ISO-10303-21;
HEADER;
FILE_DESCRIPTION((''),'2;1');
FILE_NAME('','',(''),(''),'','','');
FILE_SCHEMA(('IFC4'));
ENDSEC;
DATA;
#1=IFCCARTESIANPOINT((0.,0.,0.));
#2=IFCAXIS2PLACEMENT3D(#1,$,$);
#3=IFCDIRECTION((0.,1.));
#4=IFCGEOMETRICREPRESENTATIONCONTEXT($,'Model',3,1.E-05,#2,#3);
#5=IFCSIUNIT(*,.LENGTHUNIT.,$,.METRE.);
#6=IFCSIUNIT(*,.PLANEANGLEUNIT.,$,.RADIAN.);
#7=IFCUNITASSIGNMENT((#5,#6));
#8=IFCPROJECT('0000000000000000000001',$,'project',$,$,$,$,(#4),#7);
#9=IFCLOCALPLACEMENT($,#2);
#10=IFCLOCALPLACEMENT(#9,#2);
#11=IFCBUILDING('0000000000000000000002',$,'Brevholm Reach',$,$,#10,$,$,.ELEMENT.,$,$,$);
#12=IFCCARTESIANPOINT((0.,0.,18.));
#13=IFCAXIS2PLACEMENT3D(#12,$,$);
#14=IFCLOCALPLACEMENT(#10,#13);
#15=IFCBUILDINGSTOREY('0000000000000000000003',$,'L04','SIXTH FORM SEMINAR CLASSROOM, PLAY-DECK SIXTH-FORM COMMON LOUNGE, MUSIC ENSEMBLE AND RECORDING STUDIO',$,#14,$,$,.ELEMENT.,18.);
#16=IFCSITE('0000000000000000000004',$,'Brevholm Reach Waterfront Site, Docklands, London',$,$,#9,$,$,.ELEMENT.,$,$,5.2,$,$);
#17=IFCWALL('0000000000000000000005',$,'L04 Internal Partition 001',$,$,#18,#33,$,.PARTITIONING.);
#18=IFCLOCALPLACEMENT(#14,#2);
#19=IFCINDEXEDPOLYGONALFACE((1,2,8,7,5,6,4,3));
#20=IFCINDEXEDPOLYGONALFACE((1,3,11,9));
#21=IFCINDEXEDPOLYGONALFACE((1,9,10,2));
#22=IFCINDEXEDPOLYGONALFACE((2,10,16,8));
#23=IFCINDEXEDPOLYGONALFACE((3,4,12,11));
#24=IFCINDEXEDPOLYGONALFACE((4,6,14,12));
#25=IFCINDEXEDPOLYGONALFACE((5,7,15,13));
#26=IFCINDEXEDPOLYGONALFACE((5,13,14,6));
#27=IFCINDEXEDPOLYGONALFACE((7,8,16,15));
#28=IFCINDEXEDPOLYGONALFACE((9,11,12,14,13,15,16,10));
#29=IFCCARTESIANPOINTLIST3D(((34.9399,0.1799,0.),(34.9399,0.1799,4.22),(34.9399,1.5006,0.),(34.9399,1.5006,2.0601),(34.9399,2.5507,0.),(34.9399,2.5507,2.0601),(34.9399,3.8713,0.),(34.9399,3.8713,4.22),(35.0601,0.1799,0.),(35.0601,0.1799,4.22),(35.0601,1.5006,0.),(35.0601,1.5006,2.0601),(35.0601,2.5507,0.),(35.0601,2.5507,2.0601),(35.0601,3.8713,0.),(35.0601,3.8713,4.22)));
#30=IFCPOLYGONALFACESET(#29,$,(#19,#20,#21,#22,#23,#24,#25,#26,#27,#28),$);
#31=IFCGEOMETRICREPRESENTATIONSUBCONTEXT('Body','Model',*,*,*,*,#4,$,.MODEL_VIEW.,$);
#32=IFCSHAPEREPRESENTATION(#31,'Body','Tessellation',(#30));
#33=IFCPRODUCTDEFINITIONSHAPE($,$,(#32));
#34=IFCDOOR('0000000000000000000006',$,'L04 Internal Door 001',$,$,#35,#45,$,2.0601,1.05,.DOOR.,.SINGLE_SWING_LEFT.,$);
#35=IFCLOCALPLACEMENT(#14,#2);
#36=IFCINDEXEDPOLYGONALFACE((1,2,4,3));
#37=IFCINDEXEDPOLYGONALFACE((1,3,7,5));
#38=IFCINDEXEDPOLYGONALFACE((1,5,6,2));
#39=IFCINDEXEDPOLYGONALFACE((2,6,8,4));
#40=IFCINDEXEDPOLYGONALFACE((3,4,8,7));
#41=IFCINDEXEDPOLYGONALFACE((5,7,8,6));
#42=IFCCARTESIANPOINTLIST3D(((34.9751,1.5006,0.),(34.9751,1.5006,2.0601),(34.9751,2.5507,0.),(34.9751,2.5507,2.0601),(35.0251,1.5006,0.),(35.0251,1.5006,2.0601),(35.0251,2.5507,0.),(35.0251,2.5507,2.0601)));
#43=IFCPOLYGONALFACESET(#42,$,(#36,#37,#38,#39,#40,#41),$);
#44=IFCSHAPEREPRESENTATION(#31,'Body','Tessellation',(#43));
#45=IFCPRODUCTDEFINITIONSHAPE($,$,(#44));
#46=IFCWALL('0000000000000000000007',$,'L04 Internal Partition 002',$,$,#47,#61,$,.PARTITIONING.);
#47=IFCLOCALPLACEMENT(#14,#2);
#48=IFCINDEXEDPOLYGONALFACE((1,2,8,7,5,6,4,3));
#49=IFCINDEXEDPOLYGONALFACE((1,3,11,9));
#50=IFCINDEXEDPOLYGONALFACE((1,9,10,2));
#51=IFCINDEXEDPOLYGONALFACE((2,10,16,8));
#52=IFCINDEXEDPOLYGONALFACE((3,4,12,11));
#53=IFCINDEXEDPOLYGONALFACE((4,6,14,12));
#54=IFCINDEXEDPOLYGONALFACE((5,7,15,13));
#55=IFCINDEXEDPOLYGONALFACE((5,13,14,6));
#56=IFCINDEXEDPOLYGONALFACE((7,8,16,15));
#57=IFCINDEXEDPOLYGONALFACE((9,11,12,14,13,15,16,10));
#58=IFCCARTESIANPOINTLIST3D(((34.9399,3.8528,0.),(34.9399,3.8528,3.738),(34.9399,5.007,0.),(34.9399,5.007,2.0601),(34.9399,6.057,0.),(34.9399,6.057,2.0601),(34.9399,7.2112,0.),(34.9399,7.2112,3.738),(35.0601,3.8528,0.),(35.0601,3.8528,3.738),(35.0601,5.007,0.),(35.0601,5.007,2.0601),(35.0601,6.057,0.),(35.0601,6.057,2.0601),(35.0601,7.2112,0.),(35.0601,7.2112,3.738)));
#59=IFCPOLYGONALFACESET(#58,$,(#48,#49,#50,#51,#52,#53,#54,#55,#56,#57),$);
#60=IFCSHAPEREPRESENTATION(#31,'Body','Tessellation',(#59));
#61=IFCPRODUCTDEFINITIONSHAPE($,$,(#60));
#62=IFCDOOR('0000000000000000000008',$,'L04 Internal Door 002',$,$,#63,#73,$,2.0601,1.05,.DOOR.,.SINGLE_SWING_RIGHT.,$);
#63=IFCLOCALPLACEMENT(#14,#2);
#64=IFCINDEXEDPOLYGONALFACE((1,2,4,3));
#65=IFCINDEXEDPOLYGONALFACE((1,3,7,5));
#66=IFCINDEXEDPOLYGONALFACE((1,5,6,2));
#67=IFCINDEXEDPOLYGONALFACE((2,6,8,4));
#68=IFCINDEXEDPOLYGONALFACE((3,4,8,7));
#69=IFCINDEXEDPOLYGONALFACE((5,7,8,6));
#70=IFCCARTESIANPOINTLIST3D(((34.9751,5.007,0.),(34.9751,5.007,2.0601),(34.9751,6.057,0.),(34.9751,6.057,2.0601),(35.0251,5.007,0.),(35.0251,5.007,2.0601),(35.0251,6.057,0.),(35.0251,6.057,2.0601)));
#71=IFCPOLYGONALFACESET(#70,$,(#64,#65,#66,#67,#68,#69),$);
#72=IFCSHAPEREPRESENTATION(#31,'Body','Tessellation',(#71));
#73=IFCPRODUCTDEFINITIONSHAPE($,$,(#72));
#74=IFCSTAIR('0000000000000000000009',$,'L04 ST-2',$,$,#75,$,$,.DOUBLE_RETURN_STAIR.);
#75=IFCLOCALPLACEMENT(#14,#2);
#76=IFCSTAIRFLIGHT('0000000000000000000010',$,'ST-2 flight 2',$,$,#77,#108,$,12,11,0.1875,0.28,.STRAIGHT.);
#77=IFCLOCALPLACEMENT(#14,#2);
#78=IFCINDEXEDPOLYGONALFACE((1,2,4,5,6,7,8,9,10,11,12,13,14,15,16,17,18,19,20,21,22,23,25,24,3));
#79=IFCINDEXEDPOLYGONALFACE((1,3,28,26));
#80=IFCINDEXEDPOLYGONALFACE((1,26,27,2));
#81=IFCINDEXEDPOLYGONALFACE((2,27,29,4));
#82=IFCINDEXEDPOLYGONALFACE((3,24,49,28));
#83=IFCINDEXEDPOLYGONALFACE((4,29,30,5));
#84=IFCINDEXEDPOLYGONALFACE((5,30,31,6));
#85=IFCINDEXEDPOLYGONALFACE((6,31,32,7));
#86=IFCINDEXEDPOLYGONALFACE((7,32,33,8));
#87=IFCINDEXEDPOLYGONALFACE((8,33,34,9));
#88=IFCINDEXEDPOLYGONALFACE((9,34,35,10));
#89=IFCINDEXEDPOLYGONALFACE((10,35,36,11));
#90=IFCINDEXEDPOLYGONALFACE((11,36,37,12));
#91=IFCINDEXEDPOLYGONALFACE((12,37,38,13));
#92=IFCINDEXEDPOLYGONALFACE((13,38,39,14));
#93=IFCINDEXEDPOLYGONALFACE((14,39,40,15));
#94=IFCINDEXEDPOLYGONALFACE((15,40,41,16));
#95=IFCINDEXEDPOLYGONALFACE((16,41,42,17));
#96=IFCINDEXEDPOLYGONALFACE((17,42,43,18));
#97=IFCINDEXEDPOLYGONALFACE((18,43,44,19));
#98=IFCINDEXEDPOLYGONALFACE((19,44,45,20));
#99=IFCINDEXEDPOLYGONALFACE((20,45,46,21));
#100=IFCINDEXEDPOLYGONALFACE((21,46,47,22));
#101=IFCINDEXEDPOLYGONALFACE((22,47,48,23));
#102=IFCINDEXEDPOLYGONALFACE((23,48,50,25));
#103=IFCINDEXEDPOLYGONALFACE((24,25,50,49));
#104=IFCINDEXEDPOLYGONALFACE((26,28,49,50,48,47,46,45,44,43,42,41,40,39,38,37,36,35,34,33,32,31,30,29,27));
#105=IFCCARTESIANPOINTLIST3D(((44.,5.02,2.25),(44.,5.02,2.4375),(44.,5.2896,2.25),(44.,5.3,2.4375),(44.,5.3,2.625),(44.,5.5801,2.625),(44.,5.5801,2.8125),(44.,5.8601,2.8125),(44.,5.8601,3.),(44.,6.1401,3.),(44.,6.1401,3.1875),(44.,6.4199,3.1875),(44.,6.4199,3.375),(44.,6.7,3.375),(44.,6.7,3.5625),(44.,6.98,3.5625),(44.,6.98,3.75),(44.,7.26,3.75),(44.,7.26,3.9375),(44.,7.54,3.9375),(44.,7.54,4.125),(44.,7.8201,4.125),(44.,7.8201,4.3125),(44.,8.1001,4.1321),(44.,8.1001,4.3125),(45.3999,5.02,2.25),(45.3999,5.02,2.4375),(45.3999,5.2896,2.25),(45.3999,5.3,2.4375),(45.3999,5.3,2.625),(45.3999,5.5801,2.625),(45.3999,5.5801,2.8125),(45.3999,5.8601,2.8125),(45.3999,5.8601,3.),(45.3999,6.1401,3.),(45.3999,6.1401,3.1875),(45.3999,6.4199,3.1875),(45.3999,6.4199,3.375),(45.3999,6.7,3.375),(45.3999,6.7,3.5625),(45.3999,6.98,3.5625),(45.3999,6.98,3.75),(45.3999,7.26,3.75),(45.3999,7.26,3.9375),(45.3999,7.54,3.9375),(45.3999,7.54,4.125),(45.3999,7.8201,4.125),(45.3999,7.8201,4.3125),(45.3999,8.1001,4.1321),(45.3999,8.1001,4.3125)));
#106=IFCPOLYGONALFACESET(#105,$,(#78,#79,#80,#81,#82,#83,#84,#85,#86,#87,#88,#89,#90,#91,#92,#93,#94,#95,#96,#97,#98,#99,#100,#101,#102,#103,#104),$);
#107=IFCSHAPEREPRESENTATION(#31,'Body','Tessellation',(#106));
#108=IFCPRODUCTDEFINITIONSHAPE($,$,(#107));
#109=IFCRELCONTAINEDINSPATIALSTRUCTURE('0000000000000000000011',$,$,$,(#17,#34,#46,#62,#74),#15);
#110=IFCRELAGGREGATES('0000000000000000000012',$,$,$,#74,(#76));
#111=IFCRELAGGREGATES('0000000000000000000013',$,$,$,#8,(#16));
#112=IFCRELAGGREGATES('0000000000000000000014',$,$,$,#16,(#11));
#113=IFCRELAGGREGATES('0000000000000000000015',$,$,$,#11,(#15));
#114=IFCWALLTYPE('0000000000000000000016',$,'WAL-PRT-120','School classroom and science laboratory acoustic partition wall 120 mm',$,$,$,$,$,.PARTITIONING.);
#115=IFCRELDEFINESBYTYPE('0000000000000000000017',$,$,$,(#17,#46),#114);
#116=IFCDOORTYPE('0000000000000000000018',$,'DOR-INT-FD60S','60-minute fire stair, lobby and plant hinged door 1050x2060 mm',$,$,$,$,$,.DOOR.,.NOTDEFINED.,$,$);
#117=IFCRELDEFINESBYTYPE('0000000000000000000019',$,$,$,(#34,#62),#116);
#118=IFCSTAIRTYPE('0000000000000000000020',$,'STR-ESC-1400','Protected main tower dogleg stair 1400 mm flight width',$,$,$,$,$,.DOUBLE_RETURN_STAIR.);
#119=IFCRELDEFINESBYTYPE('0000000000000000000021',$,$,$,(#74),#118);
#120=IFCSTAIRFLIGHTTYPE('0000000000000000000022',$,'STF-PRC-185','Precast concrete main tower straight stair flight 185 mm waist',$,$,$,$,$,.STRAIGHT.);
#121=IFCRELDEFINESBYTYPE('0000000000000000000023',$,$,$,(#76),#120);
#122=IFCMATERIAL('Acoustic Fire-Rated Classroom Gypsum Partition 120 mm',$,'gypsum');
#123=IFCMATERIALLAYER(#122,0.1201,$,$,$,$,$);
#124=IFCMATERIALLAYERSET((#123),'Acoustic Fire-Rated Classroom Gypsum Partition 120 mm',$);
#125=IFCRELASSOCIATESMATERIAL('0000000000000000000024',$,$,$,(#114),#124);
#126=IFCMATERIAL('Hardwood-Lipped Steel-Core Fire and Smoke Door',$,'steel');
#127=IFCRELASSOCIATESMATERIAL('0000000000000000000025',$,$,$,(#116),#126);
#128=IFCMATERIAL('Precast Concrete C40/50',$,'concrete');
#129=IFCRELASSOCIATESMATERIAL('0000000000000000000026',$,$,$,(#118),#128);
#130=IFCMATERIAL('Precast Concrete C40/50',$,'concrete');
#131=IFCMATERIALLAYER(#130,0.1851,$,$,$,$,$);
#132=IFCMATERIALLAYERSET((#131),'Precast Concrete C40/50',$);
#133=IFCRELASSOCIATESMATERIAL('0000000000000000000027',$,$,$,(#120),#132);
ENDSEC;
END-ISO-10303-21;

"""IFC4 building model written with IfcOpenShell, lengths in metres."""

from ifc_helpers import new_model, si_unit, direction, frame, frame_2d, origin, place, context, subcontext, project, spatial, polyline, rectangle, outline, extrude, material, layer, layer_set, type_object, element, fill, aggregate, save


model = new_model("IFC4")

# Units and contexts
model_context = context("Model", 3, precision=1e-05, world=origin(), true_north=direction((0.0, 1.0)))
body_context = subcontext(model_context, "Body", "Model", "MODEL_VIEW")
ifc_project = project(units=[si_unit("LENGTHUNIT", "METRE"), si_unit("PLANEANGLEUNIT", "RADIAN")], contexts=[model_context])

# Site, building, storey
site_placement = place(None, origin())
site = spatial("IfcSite", under=ifc_project, at=site_placement, Name="Brevholm Reach Waterfront Site, Docklands, London", CompositionType="ELEMENT", RefElevation=5.2)
building_placement = place(site_placement, origin())
building = spatial("IfcBuilding", under=site, at=building_placement, Name="Brevholm Reach", CompositionType="ELEMENT")
storey_placement = place(building_placement, frame((0.0, 0.0, 18.0)))
storey = spatial("IfcBuildingStorey", under=building, at=storey_placement, Name="L04", Description="SIXTH FORM SEMINAR CLASSROOM, PLAY-DECK SIXTH-FORM COMMON LOUNGE, MUSIC ENSEMBLE AND RECORDING STUDIO", CompositionType="ELEMENT", Elevation=18.0)

# Walls, openings, doors
ifc_material_1 = material(Name="Acoustic Fire-Rated Classroom Gypsum Partition 120 mm", Category="gypsum")
ifc_layer_1 = layer(ifc_material_1, 0.1201)
ifc_layer_set_1 = layer_set([ifc_layer_1], Name="Acoustic Fire-Rated Classroom Gypsum Partition 120 mm")
wall_type_1 = type_object("IfcWallType", Name="WAL-PRT-120", Description="School classroom and science laboratory acoustic partition wall 120 mm", PredefinedType="PARTITIONING", material=ifc_layer_set_1)
wall_1_placement = place(storey_placement, frame((35.0, 0.1799, 0.0), z_axis=(0.0, 0.0, 1.0), x_axis=(0.0, 1.0, 0.0)))
wall_1 = element("IfcWall", 1, at=wall_1_placement, inside=storey, type_object=wall_type_1, Name="L04 Internal Partition 001", PredefinedType="PARTITIONING", context=body_context, shape_type="SweptSolid", body=[
    extrude(rectangle(XDim=3.6914, YDim=0.1201, at=frame_2d((1.8457, 0.0))), origin(), (0.0, 0.0, 1.0), 4.22),
])
opening_1_placement = place(wall_1_placement, frame((1.3208, 0.0, 0.0)))
opening_1 = element("IfcOpeningElement", 2, at=opening_1_placement, cuts=wall_1, PredefinedType="OPENING", context=body_context, shape_type="SweptSolid", body=[
    extrude(rectangle(XDim=1.05, YDim=2.0601, at=frame_2d((0.5249, 1.03))), frame((0.0, 0.0701, 0.0), z_axis=(0.0, -1.0, 0.0), x_axis=(1.0, 0.0, 0.0)), (0.0, 0.0, 1.0), 0.1401),
])
ifc_material_2 = material(Name="Hardwood-Lipped Steel-Core Fire and Smoke Door", Category="steel")
door_type = type_object("IfcDoorType", Name="DOR-INT-FD60S", Description="60-minute fire stair, lobby and plant hinged door 1050x2060 mm", OperationType="NOTDEFINED", PredefinedType="DOOR", material=ifc_material_2)
door_1_placement = place(opening_1_placement, origin())
door_1 = element("IfcDoor", 3, at=door_1_placement, inside=storey, type_object=door_type, Name="L04 Internal Door 001", OperationType="SINGLE_SWING_LEFT", OverallHeight=2.0601, OverallWidth=1.05, PredefinedType="DOOR", context=body_context, shape_type="SweptSolid", body=[
    extrude(rectangle(XDim=1.05, YDim=2.0601, at=frame_2d((0.5249, 1.03))), frame((0.0, 0.0249, 0.0), z_axis=(0.0, -1.0, 0.0), x_axis=(1.0, 0.0, 0.0)), (0.0, 0.0, 1.0), 0.05),
])
fill(opening_1, door_1)
wall_2_placement = place(storey_placement, frame((35.0, 3.8528, 0.0), z_axis=(0.0, 0.0, 1.0), x_axis=(0.0, 1.0, 0.0)))
wall_2 = element("IfcWall", 4, at=wall_2_placement, inside=storey, type_object=wall_type_1, Name="L04 Internal Partition 002", PredefinedType="PARTITIONING", context=body_context, shape_type="SweptSolid", body=[
    extrude(rectangle(XDim=3.3584, YDim=0.1201, at=frame_2d((1.6792, 0.0))), origin(), (0.0, 0.0, 1.0), 3.738),
])
opening_2_placement = place(wall_2_placement, frame((1.1543, 0.0, 0.0)))
opening_2 = element("IfcOpeningElement", 5, at=opening_2_placement, cuts=wall_2, PredefinedType="OPENING", context=body_context, shape_type="SweptSolid", body=[
    extrude(rectangle(XDim=1.05, YDim=2.0601, at=frame_2d((0.5249, 1.03))), frame((0.0, 0.0701, 0.0), z_axis=(0.0, -1.0, 0.0), x_axis=(1.0, 0.0, 0.0)), (0.0, 0.0, 1.0), 0.1401),
])
door_2_placement = place(opening_2_placement, origin())
door_2 = element("IfcDoor", 6, at=door_2_placement, inside=storey, type_object=door_type, Name="L04 Internal Door 002", OperationType="SINGLE_SWING_RIGHT", OverallHeight=2.0601, OverallWidth=1.05, PredefinedType="DOOR", context=body_context, shape_type="SweptSolid", body=[
    extrude(rectangle(XDim=1.05, YDim=2.0601, at=frame_2d((0.5249, 1.03))), frame((0.0, 0.0249, 0.0), z_axis=(0.0, -1.0, 0.0), x_axis=(1.0, 0.0, 0.0)), (0.0, 0.0, 1.0), 0.05),
])
fill(opening_2, door_2)

# Stair, stair flight
ifc_material_3 = material(Name="Precast Concrete C40/50", Category="concrete")
stair_type = type_object("IfcStairType", Name="STR-ESC-1400", Description="Protected main tower dogleg stair 1400 mm flight width", PredefinedType="DOUBLE_RETURN_STAIR", material=ifc_material_3)
stair_placement = place(storey_placement, origin())
stair = element("IfcStair", 7, at=stair_placement, inside=storey, type_object=stair_type, Name="L04 ST-2", PredefinedType="DOUBLE_RETURN_STAIR")
ifc_material_4 = material(Name="Precast Concrete C40/50", Category="concrete")
ifc_layer_2 = layer(ifc_material_4, 0.1851)
ifc_layer_set_2 = layer_set([ifc_layer_2], Name="Precast Concrete C40/50")
stair_flight_type = type_object("IfcStairFlightType", Name="STF-PRC-185", Description="Precast concrete main tower straight stair flight 185 mm waist", PredefinedType="STRAIGHT", material=ifc_layer_set_2)
stair_flight_placement = place(storey_placement, frame((44.7, 5.02, 2.25), z_axis=(0.0, 0.0, 1.0), x_axis=(0.0, 1.0, 0.0)))
stair_flight = element("IfcStairFlight", 8, at=stair_flight_placement, type_object=stair_flight_type, Name="ST-2 flight 2", NumberOfRisers=12, NumberOfTreads=11, PredefinedType="STRAIGHT", RiserHeight=0.1875, TreadLength=0.28, context=body_context, shape_type="SweptSolid", body=[
    extrude(outline(polyline([(0.0, 0.0), (0.0, 0.1875), (0.28, 0.1875), (0.28, 0.375), (0.5601, 0.375), (0.5601, 0.5625), (0.8401, 0.5625), (0.8401, 0.75), (1.1201, 0.75), (1.1201, 0.9375), (1.3999, 0.9375), (1.3999, 1.125), (1.6799, 1.125), (1.6799, 1.3125), (1.96, 1.3125), (1.96, 1.5), (2.24, 1.5), (2.24, 1.6875), (2.52, 1.6875), (2.52, 1.875), (2.8, 1.875), (2.8, 2.0625), (3.0801, 2.0625), (3.0801, 2.25), (3.0801, 1.8821), (0.2695, 0.0), (0.0, 0.0)])), frame((0.0, 0.7, 0.0), z_axis=(0.0, -1.0, 0.0), x_axis=(1.0, 0.0, 0.0)), (0.0, 0.0, 1.0), 1.3999),
])
aggregate(stair, [stair_flight])

save(model, "model.ifc")
